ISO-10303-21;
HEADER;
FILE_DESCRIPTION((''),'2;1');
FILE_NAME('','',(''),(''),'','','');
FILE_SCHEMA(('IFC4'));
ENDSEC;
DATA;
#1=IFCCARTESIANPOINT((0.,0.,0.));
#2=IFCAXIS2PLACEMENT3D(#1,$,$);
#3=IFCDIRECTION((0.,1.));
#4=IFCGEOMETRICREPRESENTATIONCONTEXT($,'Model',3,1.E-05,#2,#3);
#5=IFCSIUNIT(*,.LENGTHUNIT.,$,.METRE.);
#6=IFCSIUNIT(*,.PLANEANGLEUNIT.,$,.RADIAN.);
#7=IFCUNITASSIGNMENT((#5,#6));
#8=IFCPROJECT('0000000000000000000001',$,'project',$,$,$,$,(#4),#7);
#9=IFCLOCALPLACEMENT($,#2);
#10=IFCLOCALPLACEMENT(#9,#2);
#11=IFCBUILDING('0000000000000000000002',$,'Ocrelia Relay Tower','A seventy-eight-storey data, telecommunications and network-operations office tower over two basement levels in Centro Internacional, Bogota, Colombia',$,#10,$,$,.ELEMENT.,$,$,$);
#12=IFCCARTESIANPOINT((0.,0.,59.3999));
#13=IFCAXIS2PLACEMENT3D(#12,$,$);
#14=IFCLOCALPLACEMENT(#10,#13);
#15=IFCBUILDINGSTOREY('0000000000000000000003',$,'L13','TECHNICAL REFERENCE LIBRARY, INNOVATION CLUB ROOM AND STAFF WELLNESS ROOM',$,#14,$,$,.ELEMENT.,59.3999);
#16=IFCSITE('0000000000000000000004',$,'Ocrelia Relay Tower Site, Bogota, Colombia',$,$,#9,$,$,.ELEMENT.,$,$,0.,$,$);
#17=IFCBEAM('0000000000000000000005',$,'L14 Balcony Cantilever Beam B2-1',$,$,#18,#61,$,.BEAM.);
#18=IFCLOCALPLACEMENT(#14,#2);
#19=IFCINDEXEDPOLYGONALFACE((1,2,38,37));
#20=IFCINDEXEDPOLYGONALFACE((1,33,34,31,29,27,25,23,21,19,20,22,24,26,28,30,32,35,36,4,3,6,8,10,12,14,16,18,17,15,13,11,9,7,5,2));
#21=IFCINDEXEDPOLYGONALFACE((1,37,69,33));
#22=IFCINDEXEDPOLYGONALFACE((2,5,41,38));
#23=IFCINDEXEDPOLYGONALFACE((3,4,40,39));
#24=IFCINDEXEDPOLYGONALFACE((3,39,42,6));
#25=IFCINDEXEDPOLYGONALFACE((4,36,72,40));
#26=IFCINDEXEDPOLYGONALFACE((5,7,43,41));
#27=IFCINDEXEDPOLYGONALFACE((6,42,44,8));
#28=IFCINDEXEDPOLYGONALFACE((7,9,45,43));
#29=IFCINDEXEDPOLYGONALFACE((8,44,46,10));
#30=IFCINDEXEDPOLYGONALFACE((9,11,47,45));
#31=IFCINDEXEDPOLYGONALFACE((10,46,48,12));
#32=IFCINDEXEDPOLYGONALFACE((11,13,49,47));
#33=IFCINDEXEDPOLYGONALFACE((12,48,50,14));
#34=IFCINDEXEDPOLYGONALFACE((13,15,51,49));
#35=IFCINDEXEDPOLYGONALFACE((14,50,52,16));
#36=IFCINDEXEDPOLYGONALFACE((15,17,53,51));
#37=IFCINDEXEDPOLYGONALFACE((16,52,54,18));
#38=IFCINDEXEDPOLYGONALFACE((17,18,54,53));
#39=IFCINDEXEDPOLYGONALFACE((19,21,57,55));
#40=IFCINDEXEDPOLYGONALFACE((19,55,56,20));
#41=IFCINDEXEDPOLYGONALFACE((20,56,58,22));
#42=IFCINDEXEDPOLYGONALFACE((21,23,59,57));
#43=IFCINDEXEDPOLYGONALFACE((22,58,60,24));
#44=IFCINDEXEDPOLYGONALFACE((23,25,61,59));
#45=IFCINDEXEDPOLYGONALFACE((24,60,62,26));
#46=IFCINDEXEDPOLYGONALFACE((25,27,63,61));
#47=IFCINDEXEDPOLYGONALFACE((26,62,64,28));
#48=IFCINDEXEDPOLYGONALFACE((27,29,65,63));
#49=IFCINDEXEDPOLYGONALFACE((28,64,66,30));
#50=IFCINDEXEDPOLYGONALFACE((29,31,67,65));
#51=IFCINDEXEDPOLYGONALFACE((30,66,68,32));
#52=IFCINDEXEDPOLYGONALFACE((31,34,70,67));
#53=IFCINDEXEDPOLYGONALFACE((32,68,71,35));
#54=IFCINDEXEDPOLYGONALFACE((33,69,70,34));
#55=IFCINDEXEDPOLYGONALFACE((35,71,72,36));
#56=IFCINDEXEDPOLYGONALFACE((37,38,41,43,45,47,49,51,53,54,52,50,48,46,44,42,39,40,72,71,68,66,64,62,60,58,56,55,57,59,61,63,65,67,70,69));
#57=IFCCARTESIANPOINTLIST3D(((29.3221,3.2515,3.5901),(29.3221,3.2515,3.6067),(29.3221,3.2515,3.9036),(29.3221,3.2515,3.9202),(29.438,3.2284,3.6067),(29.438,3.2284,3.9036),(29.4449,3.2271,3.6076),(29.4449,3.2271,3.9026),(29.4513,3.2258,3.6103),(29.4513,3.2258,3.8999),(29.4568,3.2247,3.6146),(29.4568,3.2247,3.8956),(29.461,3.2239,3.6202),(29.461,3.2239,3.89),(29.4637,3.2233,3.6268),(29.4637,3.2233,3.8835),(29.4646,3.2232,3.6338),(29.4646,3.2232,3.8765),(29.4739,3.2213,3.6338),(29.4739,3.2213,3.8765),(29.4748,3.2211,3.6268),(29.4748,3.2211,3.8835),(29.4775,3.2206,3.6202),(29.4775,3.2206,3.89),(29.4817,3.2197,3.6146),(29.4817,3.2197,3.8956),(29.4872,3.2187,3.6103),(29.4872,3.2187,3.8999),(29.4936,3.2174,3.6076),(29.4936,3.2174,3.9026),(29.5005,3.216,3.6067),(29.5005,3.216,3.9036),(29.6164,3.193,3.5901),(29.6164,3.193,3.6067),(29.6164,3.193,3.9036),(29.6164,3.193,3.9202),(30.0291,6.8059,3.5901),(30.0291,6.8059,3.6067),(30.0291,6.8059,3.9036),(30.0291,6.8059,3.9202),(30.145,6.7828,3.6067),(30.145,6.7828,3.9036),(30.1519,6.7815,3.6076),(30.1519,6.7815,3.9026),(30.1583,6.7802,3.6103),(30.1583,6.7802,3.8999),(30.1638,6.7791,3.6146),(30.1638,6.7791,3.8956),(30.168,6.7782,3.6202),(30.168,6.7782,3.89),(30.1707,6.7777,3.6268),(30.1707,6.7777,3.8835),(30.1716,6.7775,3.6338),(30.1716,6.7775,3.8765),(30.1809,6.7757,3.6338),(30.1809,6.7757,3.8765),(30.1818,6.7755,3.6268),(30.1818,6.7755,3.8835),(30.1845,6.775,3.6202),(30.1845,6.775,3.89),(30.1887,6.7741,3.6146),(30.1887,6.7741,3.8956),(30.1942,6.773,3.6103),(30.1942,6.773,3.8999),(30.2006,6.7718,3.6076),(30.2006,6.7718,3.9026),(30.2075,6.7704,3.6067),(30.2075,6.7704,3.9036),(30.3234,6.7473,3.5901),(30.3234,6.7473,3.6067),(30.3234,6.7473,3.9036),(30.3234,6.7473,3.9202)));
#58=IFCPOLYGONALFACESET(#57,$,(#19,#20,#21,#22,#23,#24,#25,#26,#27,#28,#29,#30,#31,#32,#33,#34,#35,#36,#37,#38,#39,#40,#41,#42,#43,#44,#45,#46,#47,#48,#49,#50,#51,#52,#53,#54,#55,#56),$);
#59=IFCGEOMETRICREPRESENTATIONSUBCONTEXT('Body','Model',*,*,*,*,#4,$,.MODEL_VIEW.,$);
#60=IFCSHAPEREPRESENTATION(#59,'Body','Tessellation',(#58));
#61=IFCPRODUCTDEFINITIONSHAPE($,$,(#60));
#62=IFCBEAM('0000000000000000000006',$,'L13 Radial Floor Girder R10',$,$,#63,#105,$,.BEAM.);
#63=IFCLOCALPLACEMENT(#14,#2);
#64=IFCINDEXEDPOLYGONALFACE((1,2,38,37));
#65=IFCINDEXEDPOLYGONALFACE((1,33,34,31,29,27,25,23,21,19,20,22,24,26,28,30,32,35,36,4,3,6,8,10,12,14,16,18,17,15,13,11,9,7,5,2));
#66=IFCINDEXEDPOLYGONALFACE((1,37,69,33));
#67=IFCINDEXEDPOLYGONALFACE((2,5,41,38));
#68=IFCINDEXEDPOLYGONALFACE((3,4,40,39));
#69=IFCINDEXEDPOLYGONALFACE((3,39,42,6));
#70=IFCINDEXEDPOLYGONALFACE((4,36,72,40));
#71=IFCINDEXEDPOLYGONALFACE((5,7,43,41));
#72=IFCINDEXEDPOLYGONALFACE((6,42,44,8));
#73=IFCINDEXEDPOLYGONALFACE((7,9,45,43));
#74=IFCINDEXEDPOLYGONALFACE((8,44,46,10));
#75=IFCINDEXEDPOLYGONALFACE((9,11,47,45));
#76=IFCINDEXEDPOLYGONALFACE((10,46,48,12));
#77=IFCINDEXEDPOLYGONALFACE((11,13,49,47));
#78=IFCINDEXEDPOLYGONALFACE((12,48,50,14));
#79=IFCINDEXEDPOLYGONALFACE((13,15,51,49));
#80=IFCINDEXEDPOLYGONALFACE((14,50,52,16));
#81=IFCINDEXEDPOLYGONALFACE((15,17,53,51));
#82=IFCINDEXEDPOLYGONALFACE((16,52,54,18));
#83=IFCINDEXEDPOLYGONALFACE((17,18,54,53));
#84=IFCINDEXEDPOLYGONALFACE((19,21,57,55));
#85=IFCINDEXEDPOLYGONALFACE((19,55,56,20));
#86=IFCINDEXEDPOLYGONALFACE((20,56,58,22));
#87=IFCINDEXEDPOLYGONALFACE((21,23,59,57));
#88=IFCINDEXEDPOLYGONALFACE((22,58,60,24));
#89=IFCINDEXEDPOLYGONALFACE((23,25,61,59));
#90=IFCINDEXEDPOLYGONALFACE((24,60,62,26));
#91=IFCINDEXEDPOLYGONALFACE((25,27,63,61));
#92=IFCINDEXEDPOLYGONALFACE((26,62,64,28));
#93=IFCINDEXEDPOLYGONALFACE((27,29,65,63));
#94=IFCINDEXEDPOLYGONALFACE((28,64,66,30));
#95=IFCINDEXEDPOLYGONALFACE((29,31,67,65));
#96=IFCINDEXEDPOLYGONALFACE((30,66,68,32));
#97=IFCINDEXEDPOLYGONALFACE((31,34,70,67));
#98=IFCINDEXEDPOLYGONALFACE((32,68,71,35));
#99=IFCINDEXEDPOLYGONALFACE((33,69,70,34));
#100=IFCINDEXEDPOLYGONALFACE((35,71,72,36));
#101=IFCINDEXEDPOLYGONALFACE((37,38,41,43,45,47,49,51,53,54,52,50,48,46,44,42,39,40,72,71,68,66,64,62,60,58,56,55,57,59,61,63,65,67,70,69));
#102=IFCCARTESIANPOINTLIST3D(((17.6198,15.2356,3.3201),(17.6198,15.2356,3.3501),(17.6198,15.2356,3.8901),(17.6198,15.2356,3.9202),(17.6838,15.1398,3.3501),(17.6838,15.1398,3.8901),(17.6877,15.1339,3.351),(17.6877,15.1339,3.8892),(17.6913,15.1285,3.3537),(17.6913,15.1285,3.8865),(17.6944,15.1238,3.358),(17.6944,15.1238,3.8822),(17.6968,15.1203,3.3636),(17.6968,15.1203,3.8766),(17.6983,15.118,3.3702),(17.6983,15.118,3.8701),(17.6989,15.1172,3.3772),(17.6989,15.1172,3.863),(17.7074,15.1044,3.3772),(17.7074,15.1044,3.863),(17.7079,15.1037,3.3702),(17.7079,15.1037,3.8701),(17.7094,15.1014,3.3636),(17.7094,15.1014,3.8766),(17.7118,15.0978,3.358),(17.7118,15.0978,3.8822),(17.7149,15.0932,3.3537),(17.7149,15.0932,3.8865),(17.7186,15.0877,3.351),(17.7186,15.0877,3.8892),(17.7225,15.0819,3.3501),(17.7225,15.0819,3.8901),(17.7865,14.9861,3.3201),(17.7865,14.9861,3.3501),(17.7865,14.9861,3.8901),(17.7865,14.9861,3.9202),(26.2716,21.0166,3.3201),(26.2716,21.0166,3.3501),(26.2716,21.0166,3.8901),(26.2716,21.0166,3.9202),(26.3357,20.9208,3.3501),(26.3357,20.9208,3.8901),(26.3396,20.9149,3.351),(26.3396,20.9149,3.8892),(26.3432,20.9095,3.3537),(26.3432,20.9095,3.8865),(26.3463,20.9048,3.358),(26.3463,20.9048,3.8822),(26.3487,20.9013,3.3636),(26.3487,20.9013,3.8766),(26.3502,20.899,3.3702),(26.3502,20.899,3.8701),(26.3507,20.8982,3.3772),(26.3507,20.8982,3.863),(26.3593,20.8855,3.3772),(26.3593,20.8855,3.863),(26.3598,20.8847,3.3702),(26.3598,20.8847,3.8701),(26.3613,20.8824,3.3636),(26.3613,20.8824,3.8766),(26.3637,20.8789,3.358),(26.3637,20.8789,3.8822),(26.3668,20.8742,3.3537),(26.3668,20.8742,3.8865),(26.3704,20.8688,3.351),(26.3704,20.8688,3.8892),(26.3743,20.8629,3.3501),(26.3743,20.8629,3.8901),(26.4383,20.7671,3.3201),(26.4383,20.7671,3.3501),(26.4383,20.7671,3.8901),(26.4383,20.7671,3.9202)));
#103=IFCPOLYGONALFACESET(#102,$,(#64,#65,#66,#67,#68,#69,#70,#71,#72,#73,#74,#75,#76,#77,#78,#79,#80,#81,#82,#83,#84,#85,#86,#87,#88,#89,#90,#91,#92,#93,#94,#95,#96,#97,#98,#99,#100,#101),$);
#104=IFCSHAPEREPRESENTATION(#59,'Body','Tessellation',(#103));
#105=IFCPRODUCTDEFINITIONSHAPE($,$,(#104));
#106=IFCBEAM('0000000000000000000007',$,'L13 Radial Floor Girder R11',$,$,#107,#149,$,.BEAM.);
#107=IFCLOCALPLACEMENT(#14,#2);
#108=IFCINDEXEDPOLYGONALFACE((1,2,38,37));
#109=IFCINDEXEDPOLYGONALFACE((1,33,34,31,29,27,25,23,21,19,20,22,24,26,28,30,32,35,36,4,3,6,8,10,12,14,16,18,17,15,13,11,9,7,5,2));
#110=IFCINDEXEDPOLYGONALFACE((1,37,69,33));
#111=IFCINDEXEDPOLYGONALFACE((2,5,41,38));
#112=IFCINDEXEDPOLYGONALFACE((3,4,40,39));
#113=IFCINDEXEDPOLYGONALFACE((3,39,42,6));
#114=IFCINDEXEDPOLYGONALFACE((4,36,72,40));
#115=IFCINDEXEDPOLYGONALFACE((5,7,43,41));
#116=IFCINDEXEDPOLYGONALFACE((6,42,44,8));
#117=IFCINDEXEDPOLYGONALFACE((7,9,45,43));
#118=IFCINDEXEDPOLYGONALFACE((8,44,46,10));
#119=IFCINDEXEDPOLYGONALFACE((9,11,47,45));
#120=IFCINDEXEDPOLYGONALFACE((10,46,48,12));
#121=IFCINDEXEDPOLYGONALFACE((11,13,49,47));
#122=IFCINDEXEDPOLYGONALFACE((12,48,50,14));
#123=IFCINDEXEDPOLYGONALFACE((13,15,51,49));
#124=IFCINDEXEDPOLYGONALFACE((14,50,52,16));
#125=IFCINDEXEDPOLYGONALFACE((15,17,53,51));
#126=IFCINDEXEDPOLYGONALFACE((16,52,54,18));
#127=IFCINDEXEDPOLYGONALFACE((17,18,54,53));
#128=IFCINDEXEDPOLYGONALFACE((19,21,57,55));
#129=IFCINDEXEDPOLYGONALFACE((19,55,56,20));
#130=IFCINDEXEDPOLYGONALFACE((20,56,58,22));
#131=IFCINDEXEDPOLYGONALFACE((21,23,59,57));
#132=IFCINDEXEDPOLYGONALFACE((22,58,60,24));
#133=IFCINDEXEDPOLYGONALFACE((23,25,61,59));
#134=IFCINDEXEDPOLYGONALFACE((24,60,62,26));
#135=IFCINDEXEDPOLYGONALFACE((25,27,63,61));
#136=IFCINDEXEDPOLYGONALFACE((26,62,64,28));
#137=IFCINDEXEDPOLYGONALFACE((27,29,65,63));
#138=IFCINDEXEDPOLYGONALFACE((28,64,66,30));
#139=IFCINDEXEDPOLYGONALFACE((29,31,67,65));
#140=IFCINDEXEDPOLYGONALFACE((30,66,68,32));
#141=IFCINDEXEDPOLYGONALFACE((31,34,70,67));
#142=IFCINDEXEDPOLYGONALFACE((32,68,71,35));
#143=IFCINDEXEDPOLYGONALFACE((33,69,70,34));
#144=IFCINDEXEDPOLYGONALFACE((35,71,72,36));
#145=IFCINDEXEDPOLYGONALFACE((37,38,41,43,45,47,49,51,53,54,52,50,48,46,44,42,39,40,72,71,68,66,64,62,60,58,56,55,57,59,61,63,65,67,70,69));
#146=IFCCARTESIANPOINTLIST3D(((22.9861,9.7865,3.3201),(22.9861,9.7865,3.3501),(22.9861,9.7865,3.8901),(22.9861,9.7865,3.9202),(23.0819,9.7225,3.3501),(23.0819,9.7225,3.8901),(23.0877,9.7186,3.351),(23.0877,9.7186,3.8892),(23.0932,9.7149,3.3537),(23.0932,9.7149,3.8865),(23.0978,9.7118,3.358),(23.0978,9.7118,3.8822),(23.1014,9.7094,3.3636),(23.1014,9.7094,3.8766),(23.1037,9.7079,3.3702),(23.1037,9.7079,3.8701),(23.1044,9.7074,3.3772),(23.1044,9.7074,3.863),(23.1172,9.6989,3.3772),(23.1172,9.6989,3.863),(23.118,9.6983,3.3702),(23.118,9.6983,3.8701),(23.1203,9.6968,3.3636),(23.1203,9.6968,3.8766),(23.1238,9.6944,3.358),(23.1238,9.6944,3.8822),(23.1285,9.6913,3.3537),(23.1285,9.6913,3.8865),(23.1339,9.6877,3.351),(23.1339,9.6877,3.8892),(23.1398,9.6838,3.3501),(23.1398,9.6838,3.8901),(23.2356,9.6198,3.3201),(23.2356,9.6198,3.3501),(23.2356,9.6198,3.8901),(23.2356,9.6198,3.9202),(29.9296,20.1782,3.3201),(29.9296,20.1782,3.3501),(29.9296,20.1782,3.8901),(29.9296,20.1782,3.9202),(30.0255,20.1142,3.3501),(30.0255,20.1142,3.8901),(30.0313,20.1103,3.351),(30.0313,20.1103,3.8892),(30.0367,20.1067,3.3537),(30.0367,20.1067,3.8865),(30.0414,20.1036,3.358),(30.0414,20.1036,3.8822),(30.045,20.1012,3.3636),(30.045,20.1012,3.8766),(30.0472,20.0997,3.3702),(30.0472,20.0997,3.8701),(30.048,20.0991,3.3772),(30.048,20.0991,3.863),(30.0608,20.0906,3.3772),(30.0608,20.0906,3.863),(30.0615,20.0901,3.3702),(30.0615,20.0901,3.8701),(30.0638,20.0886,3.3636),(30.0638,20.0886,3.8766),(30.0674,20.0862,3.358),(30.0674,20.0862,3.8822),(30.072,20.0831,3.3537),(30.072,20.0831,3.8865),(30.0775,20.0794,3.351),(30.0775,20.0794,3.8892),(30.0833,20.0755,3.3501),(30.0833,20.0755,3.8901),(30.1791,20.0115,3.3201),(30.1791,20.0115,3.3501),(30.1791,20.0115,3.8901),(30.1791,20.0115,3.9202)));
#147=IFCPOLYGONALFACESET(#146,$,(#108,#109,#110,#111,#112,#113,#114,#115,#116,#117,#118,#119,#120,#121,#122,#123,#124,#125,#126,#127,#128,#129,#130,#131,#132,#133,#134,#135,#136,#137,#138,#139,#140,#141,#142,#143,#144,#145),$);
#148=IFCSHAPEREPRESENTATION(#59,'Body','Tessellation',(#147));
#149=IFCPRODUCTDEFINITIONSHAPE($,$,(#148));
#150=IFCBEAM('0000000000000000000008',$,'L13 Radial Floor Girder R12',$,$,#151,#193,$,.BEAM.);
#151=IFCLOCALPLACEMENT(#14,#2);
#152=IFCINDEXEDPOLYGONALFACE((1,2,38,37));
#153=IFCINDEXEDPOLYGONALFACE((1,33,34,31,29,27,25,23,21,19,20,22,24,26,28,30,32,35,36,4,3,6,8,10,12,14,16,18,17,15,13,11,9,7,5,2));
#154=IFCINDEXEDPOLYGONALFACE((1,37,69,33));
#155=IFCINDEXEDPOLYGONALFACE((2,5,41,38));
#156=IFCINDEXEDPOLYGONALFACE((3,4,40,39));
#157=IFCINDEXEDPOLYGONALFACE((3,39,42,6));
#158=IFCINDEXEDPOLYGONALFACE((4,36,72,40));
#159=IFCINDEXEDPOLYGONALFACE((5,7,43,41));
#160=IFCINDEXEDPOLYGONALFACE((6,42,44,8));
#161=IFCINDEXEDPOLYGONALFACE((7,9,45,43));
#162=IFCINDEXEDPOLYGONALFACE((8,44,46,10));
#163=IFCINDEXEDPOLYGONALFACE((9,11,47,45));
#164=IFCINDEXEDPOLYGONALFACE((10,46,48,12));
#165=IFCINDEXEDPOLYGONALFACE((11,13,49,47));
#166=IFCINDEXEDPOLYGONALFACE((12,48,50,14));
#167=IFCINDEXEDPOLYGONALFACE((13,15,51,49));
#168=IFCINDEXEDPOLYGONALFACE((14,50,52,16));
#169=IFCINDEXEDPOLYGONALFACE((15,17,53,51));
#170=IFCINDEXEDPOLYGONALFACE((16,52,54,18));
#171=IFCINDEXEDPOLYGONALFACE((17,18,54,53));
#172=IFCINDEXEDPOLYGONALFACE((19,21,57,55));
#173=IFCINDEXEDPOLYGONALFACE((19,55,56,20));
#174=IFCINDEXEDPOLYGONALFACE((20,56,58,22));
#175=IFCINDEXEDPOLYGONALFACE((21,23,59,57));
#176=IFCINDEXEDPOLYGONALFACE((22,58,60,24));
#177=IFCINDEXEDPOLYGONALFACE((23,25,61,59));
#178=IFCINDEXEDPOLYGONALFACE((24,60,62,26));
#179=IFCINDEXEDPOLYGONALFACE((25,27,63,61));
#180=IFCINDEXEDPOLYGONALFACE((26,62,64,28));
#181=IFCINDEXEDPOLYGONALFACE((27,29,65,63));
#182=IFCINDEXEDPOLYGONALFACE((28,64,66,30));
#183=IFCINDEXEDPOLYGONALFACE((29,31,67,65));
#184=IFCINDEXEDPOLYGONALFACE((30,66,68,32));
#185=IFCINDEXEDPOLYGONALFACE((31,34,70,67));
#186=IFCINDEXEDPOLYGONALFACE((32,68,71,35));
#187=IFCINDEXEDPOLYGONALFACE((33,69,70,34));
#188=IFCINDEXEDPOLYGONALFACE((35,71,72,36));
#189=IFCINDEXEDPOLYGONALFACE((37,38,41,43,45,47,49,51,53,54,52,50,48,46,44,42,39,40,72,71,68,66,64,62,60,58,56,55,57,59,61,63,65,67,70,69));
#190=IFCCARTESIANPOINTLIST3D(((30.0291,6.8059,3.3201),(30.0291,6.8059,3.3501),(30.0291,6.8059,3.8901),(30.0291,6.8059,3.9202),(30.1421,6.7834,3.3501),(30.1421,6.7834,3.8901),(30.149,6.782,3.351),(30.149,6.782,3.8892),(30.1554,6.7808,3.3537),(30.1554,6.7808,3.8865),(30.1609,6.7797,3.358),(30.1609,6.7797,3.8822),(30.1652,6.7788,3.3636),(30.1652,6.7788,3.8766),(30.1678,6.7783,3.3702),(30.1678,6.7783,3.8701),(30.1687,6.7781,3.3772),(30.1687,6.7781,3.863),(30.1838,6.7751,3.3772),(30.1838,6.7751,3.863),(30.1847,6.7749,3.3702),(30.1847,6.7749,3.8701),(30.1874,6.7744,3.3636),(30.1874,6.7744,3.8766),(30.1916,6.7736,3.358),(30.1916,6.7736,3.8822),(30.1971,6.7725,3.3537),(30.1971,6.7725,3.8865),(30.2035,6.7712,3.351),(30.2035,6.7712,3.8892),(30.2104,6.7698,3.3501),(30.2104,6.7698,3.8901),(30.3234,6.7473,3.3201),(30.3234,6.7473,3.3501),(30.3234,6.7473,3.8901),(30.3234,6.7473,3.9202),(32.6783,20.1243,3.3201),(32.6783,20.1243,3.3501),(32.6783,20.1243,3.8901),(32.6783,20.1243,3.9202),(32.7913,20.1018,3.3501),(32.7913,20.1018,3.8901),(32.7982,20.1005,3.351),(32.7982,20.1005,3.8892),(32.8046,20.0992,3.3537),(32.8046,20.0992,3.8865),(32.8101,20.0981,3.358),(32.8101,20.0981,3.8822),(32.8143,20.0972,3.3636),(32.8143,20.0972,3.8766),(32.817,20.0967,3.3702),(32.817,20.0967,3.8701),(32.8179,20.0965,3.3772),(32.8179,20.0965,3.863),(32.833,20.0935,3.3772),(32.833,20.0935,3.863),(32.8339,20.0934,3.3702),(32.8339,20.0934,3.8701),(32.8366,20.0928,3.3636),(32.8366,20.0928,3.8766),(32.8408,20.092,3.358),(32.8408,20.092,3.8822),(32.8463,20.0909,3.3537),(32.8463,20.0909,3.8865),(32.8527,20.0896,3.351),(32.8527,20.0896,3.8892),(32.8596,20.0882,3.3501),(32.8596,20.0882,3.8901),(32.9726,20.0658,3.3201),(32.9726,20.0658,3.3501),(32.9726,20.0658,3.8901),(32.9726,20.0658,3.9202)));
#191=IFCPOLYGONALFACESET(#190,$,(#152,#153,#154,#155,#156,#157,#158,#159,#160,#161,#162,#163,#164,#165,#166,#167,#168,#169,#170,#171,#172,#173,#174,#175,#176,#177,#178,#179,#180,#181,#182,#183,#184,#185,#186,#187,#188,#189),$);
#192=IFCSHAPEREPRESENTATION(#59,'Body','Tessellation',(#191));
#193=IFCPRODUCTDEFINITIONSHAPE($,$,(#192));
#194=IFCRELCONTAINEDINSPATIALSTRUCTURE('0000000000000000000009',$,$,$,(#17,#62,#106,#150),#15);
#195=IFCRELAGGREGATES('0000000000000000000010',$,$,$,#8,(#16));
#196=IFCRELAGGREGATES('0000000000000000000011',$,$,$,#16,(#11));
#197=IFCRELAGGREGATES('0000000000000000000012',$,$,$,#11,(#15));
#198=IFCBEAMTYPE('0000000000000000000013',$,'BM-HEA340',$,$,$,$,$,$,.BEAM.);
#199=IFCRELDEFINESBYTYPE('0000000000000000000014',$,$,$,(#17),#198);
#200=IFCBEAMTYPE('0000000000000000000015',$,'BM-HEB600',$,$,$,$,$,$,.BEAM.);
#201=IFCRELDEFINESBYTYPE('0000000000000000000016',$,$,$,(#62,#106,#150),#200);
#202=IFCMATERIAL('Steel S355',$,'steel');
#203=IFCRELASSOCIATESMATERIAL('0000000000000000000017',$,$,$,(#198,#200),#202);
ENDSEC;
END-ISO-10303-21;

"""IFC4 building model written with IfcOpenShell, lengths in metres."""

from ifc_helpers import new_model, si_unit, direction, frame, origin, origin_2d, place, context, subcontext, project, spatial, i_section, extrude, material, material_profile, profile_set, type_object, element, save


model = new_model("IFC4")

# Units and contexts
model_context = context("Model", 3, precision=1e-05, world=origin(), true_north=direction((0.0, 1.0)))
body_context = subcontext(model_context, "Body", "Model", "MODEL_VIEW")
ifc_project = project(units=[si_unit("LENGTHUNIT", "METRE"), si_unit("PLANEANGLEUNIT", "RADIAN")], contexts=[model_context])

# Site, building, storey
site_placement = place(None, origin())
site = spatial("IfcSite", under=ifc_project, at=site_placement, Name="Ocrelia Relay Tower Site, Bogota, Colombia", CompositionType="ELEMENT", RefElevation=0.0)
building_placement = place(site_placement, origin())
building = spatial("IfcBuilding", under=site, at=building_placement, Name="Ocrelia Relay Tower", Description="A seventy-eight-storey data, telecommunications and network-operations office tower over two basement levels in Centro Internacional, Bogota, Colombia", CompositionType="ELEMENT")
storey_placement = place(building_placement, frame((0.0, 0.0, 59.3999)))
storey = spatial("IfcBuildingStorey", under=building, at=storey_placement, Name="L13", Description="TECHNICAL REFERENCE LIBRARY, INNOVATION CLUB ROOM AND STAFF WELLNESS ROOM", CompositionType="ELEMENT", Elevation=59.3999)

# Beams
ifc_material_1 = material(Name="Steel S355", Category="steel")
ifc_material_profile_1 = material_profile(ifc_material_1, i_section(OverallWidth=0.3, OverallDepth=0.3301, WebThickness=0.0095, FlangeThickness=0.0166, FilletRadius=0.0271, at=origin_2d()), Name="HEA 340")
ifc_profile_set_1 = profile_set([ifc_material_profile_1], Name="Steel S355")
beam_type_1 = type_object("IfcBeamType", Name="BM-HEA340", PredefinedType="BEAM", material=ifc_profile_set_1)
beam_1_placement = place(storey_placement, frame((30.1763, 6.7766, 3.7551), z_axis=(-0.195093, -0.980785, 0.0), x_axis=(0.980785, -0.195093, 0.0)))
element("IfcBeam", 1, at=beam_1_placement, inside=storey, type_object=beam_type_1, Name="L14 Balcony Cantilever Beam B2-1", PredefinedType="BEAM", context=body_context, shape_type="SweptSolid", body=[
    extrude(i_section(OverallWidth=0.3, OverallDepth=0.3301, WebThickness=0.0095, FlangeThickness=0.0166, FilletRadius=0.0271, at=origin_2d()), origin(), (0.0, 0.0, 1.0), 3.624),
])
ifc_material_profile_2 = material_profile(ifc_material_1, i_section(OverallWidth=0.3, OverallDepth=0.6001, WebThickness=0.0154, FlangeThickness=0.03, FilletRadius=0.0271, at=origin_2d()), Name="HEB 600")
ifc_profile_set_2 = profile_set([ifc_material_profile_2], Name="Steel S355")
beam_type_2 = type_object("IfcBeamType", Name="BM-HEB600", PredefinedType="BEAM", material=ifc_profile_set_2)
beam_2_placement = place(storey_placement, frame((17.7031, 15.1108, 3.6201), z_axis=(0.831469, 0.555572, 0.0), x_axis=(-0.555572, 0.831469, 0.0)))
element("IfcBeam", 2, at=beam_2_placement, inside=storey, type_object=beam_type_2, Name="L13 Radial Floor Girder R10", PredefinedType="BEAM", context=body_context, shape_type="SweptSolid", body=[
    extrude(i_section(OverallWidth=0.3, OverallDepth=0.6001, WebThickness=0.0154, FlangeThickness=0.03, FilletRadius=0.0271, at=origin_2d()), origin(), (0.0, 0.0, 1.0), 10.4055),
])
beam_3_placement = place(storey_placement, frame((23.1108, 9.7031, 3.6201), z_axis=(0.55557, 0.83147, 0.0), x_axis=(-0.83147, 0.55557, 0.0)))
element("IfcBeam", 3, at=beam_3_placement, inside=storey, type_object=beam_type_2, Name="L13 Radial Floor Girder R11", PredefinedType="BEAM", context=body_context, shape_type="SweptSolid", body=[
    extrude(i_section(OverallWidth=0.3, OverallDepth=0.6001, WebThickness=0.0154, FlangeThickness=0.03, FilletRadius=0.0271, at=origin_2d()), origin(), (0.0, 0.0, 1.0), 12.498),
])
beam_4_placement = place(storey_placement, frame((30.1763, 6.7766, 3.6201), z_axis=(0.195089, 0.980786, 0.0), x_axis=(-0.980786, 0.195089, 0.0)))
element("IfcBeam", 4, at=beam_4_placement, inside=storey, type_object=beam_type_2, Name="L13 Radial Floor Girder R12", PredefinedType="BEAM", context=body_context, shape_type="SweptSolid", body=[
    extrude(i_section(OverallWidth=0.3, OverallDepth=0.6001, WebThickness=0.0154, FlangeThickness=0.03, FilletRadius=0.0271, at=origin_2d()), origin(), (0.0, 0.0, 1.0), 13.5793),
])

save(model, "model.ifc")
